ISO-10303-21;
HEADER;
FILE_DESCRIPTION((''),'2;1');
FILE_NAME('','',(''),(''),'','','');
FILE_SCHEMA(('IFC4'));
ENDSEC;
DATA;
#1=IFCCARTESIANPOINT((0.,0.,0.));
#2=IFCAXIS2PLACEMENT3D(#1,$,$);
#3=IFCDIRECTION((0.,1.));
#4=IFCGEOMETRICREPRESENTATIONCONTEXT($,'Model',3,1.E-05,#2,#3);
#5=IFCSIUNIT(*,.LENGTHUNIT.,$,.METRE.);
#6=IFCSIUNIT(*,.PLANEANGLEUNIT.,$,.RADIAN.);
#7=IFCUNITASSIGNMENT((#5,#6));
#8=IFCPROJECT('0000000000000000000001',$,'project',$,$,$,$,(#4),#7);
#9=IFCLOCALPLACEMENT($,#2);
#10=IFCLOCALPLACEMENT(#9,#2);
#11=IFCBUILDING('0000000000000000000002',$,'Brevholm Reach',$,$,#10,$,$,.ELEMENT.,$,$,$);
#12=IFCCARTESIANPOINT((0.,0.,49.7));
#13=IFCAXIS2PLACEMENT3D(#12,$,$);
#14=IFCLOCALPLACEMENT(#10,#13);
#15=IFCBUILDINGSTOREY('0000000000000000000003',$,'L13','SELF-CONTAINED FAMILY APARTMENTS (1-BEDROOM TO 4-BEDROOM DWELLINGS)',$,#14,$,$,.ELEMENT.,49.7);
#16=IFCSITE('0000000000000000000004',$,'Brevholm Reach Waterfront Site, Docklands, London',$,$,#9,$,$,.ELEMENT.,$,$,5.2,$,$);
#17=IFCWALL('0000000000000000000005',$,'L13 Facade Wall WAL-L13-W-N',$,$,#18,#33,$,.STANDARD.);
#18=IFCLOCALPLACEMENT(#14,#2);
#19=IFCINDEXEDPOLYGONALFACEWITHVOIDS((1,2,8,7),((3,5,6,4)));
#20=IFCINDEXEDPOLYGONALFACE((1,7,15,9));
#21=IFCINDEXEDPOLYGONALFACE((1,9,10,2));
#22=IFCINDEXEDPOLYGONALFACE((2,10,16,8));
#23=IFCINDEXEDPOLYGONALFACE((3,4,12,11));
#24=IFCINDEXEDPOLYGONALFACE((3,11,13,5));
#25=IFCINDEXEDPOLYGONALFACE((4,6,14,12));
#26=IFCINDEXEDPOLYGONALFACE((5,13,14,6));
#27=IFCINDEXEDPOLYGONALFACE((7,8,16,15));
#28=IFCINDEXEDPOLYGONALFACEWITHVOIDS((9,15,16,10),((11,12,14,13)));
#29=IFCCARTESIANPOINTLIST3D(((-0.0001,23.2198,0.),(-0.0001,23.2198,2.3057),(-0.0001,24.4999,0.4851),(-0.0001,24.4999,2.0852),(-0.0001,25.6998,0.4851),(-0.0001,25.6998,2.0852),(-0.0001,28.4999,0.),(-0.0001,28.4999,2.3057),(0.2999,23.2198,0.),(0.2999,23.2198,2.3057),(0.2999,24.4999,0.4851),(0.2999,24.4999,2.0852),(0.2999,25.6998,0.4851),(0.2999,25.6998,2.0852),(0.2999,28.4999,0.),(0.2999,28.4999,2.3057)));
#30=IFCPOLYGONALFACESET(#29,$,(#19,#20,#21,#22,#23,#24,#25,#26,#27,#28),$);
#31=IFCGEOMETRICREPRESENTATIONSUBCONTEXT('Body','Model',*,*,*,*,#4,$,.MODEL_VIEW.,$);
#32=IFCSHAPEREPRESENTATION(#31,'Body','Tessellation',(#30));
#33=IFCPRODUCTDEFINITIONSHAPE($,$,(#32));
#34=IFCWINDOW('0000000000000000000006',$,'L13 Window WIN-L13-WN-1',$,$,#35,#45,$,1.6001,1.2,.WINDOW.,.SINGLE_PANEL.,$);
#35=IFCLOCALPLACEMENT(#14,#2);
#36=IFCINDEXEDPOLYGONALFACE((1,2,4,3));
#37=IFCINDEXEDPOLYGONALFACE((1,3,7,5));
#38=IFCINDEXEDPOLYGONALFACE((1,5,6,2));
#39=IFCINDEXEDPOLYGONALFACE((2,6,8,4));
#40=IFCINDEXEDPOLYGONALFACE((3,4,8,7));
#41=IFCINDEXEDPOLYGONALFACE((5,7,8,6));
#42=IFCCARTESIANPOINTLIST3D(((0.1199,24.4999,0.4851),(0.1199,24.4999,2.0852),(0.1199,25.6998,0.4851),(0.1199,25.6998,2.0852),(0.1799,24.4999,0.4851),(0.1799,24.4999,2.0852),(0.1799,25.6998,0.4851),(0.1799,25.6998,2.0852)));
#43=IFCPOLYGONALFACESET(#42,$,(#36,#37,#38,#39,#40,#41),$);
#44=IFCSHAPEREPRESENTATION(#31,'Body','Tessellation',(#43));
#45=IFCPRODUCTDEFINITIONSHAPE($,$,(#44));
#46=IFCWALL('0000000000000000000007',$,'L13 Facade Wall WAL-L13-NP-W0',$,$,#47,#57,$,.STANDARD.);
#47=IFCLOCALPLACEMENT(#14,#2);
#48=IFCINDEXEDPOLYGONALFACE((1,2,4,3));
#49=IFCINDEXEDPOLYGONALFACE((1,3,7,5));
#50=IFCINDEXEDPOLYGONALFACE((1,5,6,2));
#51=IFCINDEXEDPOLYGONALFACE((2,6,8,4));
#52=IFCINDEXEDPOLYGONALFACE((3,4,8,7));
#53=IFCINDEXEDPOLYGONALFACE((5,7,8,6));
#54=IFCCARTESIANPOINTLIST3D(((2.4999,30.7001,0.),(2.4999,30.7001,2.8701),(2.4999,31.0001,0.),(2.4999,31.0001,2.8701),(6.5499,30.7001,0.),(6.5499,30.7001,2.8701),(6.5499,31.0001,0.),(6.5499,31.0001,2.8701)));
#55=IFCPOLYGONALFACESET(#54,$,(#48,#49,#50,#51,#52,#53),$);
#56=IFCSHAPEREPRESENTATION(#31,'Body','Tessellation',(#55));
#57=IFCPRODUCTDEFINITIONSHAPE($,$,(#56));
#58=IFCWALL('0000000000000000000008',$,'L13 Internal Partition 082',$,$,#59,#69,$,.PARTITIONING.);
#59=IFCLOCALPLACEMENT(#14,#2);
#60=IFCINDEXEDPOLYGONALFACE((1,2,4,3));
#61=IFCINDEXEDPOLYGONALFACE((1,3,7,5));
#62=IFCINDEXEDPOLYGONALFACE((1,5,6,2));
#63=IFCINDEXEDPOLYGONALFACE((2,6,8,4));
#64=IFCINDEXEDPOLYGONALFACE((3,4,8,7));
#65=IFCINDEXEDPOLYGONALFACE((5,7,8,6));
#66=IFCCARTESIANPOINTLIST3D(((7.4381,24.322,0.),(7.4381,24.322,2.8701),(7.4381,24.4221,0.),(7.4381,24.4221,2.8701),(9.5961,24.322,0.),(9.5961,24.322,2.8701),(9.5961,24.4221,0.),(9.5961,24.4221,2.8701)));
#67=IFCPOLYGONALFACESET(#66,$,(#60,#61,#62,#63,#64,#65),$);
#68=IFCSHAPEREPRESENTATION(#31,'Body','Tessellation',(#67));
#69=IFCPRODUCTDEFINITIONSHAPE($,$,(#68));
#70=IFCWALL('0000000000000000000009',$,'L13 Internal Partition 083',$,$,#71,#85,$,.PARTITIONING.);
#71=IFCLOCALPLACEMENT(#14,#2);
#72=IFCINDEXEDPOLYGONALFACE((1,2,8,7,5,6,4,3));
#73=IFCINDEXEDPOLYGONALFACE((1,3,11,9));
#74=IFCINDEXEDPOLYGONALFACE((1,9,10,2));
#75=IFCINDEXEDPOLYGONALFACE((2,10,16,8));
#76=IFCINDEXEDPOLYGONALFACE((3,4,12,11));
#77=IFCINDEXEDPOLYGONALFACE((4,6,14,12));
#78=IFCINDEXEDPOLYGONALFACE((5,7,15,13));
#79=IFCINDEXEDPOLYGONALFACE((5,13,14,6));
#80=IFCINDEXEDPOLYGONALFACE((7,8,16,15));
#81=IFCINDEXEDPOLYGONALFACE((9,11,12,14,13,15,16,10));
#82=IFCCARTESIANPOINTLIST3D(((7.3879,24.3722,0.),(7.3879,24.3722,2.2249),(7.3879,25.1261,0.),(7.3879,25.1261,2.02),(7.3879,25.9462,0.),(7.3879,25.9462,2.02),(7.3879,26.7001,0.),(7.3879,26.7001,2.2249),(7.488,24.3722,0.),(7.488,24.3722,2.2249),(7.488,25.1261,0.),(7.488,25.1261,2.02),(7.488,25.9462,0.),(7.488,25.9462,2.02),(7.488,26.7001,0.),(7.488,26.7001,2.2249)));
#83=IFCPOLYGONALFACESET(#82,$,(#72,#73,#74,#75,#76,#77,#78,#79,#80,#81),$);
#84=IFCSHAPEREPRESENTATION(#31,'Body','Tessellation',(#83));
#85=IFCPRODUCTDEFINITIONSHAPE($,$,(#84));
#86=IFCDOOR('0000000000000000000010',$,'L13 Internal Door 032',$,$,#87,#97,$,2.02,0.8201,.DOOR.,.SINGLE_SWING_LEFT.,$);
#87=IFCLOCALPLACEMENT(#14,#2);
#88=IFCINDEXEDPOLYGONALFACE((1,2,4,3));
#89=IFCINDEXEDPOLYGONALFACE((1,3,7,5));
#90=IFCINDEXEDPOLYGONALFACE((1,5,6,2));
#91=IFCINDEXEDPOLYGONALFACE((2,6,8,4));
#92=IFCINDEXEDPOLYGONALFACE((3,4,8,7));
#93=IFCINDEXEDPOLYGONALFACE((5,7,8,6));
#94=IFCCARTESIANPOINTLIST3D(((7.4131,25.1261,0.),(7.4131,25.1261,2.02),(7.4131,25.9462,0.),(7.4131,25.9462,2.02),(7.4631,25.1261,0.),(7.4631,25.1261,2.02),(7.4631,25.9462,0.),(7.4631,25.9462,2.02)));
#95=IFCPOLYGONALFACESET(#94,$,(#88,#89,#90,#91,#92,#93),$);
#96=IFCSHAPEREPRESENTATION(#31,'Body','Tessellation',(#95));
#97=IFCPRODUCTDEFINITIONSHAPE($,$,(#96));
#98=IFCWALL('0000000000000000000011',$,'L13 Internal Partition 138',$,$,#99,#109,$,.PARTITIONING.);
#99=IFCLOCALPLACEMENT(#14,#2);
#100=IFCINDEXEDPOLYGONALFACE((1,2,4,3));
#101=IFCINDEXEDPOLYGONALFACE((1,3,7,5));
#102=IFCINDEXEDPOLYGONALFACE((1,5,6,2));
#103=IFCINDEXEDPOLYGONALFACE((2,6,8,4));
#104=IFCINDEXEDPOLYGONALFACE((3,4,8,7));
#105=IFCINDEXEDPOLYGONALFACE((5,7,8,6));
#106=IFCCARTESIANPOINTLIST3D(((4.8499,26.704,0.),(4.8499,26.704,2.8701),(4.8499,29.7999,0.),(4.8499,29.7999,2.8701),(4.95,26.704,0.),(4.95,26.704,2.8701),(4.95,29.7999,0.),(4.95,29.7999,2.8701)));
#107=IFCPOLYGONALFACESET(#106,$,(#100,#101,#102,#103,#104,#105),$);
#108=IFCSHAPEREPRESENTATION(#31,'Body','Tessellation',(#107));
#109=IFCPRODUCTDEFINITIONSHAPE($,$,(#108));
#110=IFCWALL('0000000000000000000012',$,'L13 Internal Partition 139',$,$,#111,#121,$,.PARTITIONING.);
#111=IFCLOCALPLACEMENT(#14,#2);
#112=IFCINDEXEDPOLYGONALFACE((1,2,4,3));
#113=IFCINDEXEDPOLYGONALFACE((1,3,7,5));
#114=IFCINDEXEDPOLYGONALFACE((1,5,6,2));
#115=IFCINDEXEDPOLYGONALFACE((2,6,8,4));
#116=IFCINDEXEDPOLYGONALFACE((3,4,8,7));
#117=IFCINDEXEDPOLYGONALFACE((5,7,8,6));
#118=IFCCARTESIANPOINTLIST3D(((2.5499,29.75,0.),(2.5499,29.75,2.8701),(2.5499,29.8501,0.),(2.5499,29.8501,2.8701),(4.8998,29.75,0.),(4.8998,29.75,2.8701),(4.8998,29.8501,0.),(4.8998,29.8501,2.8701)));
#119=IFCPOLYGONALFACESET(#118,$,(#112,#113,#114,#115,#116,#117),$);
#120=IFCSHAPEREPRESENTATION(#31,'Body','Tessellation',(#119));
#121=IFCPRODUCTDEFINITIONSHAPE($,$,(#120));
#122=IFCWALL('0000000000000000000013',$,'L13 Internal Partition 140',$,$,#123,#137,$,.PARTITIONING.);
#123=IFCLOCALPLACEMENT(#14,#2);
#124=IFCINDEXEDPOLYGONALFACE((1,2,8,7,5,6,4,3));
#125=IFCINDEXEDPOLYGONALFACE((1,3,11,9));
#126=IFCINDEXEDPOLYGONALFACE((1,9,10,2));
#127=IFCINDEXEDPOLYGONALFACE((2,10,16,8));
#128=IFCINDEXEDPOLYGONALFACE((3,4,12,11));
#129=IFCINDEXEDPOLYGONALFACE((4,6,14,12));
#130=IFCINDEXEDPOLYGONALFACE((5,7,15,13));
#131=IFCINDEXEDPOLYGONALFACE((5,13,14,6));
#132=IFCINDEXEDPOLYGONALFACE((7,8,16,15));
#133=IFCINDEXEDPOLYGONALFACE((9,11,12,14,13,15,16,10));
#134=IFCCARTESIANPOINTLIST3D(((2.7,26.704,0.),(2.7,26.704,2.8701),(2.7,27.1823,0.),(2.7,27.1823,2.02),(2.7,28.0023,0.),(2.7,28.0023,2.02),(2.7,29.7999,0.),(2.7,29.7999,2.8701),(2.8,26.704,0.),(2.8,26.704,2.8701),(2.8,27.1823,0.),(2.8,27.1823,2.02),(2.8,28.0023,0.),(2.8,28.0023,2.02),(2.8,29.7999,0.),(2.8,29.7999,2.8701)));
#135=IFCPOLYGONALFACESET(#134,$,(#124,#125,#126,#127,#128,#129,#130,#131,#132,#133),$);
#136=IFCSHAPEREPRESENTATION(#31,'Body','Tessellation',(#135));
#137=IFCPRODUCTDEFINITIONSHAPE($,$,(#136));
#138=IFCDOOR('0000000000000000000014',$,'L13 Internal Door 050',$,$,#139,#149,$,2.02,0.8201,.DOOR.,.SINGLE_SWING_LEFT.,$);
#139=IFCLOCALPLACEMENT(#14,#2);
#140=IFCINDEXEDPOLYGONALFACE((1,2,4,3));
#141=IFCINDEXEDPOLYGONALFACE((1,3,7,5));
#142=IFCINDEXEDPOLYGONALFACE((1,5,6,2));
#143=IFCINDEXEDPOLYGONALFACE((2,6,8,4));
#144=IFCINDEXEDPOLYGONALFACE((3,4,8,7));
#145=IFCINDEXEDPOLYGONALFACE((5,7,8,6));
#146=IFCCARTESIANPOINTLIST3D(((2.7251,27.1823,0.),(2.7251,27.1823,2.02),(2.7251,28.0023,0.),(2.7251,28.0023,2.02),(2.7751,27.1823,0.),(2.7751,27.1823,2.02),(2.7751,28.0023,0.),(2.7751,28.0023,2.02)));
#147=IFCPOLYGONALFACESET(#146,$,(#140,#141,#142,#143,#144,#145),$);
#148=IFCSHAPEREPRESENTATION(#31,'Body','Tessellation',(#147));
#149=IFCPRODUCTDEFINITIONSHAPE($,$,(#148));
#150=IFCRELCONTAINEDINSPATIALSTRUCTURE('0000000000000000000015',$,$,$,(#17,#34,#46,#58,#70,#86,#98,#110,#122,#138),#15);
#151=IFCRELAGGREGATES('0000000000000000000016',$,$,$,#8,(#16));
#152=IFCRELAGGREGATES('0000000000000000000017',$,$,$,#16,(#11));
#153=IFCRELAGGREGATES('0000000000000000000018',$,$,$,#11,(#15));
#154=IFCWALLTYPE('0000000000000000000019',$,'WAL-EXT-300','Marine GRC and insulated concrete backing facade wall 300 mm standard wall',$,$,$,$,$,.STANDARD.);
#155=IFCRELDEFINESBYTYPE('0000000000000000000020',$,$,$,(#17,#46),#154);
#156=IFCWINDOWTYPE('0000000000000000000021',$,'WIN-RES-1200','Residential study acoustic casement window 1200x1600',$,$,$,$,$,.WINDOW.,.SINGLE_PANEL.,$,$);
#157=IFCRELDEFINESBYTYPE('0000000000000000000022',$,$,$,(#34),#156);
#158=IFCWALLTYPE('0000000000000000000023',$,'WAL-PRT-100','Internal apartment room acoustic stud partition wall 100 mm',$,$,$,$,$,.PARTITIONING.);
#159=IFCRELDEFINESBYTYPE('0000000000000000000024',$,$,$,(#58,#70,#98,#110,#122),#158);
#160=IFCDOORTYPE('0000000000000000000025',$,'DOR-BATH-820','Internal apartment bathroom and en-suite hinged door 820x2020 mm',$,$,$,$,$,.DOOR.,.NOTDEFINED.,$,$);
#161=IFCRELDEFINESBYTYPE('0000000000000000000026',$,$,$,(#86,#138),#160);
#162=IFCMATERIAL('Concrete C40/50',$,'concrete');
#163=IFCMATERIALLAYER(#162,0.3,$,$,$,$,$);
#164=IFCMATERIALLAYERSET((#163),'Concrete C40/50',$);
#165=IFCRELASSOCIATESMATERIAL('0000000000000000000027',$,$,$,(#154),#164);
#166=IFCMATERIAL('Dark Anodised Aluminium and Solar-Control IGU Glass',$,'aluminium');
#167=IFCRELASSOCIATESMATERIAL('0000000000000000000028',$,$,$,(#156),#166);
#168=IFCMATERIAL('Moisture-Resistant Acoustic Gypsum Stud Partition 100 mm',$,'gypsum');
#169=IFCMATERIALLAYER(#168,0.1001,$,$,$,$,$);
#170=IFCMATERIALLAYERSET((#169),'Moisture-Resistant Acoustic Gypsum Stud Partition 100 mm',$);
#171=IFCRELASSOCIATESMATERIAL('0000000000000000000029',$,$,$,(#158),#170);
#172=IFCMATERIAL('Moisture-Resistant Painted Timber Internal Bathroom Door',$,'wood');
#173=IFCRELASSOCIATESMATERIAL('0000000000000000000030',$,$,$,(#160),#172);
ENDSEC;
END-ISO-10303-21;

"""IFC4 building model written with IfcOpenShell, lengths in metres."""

from ifc_helpers import new_model, si_unit, direction, frame, frame_2d, origin, place, context, subcontext, project, spatial, rectangle, extrude, material, layer, layer_set, type_object, element, fill, save


model = new_model("IFC4")

# Units and contexts
model_context = context("Model", 3, precision=1e-05, world=origin(), true_north=direction((0.0, 1.0)))
body_context = subcontext(model_context, "Body", "Model", "MODEL_VIEW")
ifc_project = project(units=[si_unit("LENGTHUNIT", "METRE"), si_unit("PLANEANGLEUNIT", "RADIAN")], contexts=[model_context])

# Site, building, storey
site_placement = place(None, origin())
site = spatial("IfcSite", under=ifc_project, at=site_placement, Name="Brevholm Reach Waterfront Site, Docklands, London", CompositionType="ELEMENT", RefElevation=5.2)
building_placement = place(site_placement, origin())
building = spatial("IfcBuilding", under=site, at=building_placement, Name="Brevholm Reach", CompositionType="ELEMENT")
storey_placement = place(building_placement, frame((0.0, 0.0, 49.7)))
storey = spatial("IfcBuildingStorey", under=building, at=storey_placement, Name="L13", Description="SELF-CONTAINED FAMILY APARTMENTS (1-BEDROOM TO 4-BEDROOM DWELLINGS)", CompositionType="ELEMENT", Elevation=49.7)

# Shared definitions
ifc_material_1 = material(Name="Concrete C40/50", Category="concrete")
ifc_layer_1 = layer(ifc_material_1, 0.3)
ifc_layer_set_1 = layer_set([ifc_layer_1], Name="Concrete C40/50")
wall_type_1 = type_object("IfcWallType", Name="WAL-EXT-300", Description="Marine GRC and insulated concrete backing facade wall 300 mm standard wall", PredefinedType="STANDARD", material=ifc_layer_set_1)

# Wall, opening, window
wall_1_placement = place(storey_placement, frame((0.1499, 28.5, 0.0), z_axis=(0.0, 0.0, 1.0), x_axis=(0.0, -1.0, 0.0)))
wall_1 = element("IfcWall", 1, at=wall_1_placement, inside=storey, type_object=wall_type_1, Name="L13 Facade Wall WAL-L13-W-N", PredefinedType="STANDARD", context=body_context, shape_type="SweptSolid", body=[
    extrude(rectangle(XDim=5.28, YDim=0.3, at=frame_2d((2.6401, 0.0))), origin(), (0.0, 0.0, 1.0), 2.3057),
])
opening_1_placement = place(wall_1_placement, frame((2.8, 0.0, 0.4851)))
opening_1 = element("IfcOpeningElement", 2, at=opening_1_placement, cuts=wall_1, PredefinedType="OPENING", context=body_context, shape_type="SweptSolid", body=[
    extrude(rectangle(XDim=1.2, YDim=1.6001, at=frame_2d((0.6001, 0.8))), frame((0.0, 0.1599, 0.0), z_axis=(0.0, -1.0, 0.0), x_axis=(1.0, 0.0, 0.0)), (0.0, 0.0, 1.0), 0.3201),
])
ifc_material_2 = material(Name="Dark Anodised Aluminium and Solar-Control IGU Glass", Category="aluminium")
window_type = type_object("IfcWindowType", Name="WIN-RES-1200", Description="Residential study acoustic casement window 1200x1600", PartitioningType="SINGLE_PANEL", PredefinedType="WINDOW", material=ifc_material_2)
window_placement = place(opening_1_placement, origin())
window = element("IfcWindow", 3, at=window_placement, inside=storey, type_object=window_type, Name="L13 Window WIN-L13-WN-1", OverallHeight=1.6001, OverallWidth=1.2, PartitioningType="SINGLE_PANEL", PredefinedType="WINDOW", context=body_context, shape_type="SweptSolid", body=[
    extrude(rectangle(XDim=1.2, YDim=1.6001, at=frame_2d((0.6001, 0.8))), frame((0.0, 0.03, 0.0), z_axis=(0.0, -1.0, 0.0), x_axis=(1.0, 0.0, 0.0)), (0.0, 0.0, 1.0), 0.0601),
])
fill(opening_1, window)

# Walls
wall_2_placement = place(storey_placement, frame((2.5, 30.8501, 0.0), z_axis=(0.0, 0.0, 1.0), x_axis=(1.0, 0.0, 0.0)))
element("IfcWall", 4, at=wall_2_placement, inside=storey, type_object=wall_type_1, Name="L13 Facade Wall WAL-L13-NP-W0", PredefinedType="STANDARD", context=body_context, shape_type="SweptSolid", body=[
    extrude(rectangle(XDim=4.05, YDim=0.3, at=frame_2d((2.0249, 0.0))), origin(), (0.0, 0.0, 1.0), 2.8701),
])
ifc_material_3 = material(Name="Moisture-Resistant Acoustic Gypsum Stud Partition 100 mm", Category="gypsum")
ifc_layer_2 = layer(ifc_material_3, 0.1001)
ifc_layer_set_2 = layer_set([ifc_layer_2], Name="Moisture-Resistant Acoustic Gypsum Stud Partition 100 mm")
wall_type_2 = type_object("IfcWallType", Name="WAL-PRT-100", Description="Internal apartment room acoustic stud partition wall 100 mm", PredefinedType="PARTITIONING", material=ifc_layer_set_2)
wall_3_placement = place(storey_placement, frame((7.438, 24.3721, 0.0), z_axis=(0.0, 0.0, 1.0), x_axis=(1.0, 0.0, 0.0)))
element("IfcWall", 5, at=wall_3_placement, inside=storey, type_object=wall_type_2, Name="L13 Internal Partition 082", PredefinedType="PARTITIONING", context=body_context, shape_type="SweptSolid", body=[
    extrude(rectangle(XDim=2.158, YDim=0.1001, at=frame_2d((1.0791, 0.0))), origin(), (0.0, 0.0, 1.0), 2.8701),
])

# Wall, opening, door
wall_4_placement = place(storey_placement, frame((7.438, 24.3721, 0.0), z_axis=(0.0, 0.0, 1.0), x_axis=(0.0, 1.0, 0.0)))
wall_4 = element("IfcWall", 6, at=wall_4_placement, inside=storey, type_object=wall_type_2, Name="L13 Internal Partition 083", PredefinedType="PARTITIONING", context=body_context, shape_type="SweptSolid", body=[
    extrude(rectangle(XDim=2.3279, YDim=0.1001, at=frame_2d((1.1641, 0.0))), origin(), (0.0, 0.0, 1.0), 2.2249),
])
opening_2_placement = place(wall_4_placement, frame((0.7539, 0.0, 0.0)))
opening_2 = element("IfcOpeningElement", 7, at=opening_2_placement, cuts=wall_4, PredefinedType="OPENING", context=body_context, shape_type="SweptSolid", body=[
    extrude(rectangle(XDim=0.8201, YDim=2.02, at=frame_2d((0.4102, 1.01))), frame((0.0, 0.0601, 0.0), z_axis=(0.0, -1.0, 0.0), x_axis=(1.0, 0.0, 0.0)), (0.0, 0.0, 1.0), 0.1201),
])
ifc_material_4 = material(Name="Moisture-Resistant Painted Timber Internal Bathroom Door", Category="wood")
door_type_1 = type_object("IfcDoorType", Name="DOR-BATH-820", Description="Internal apartment bathroom and en-suite hinged door 820x2020 mm", OperationType="NOTDEFINED", PredefinedType="DOOR", material=ifc_material_4)
door_1_placement = place(opening_2_placement, origin())
door_1 = element("IfcDoor", 8, at=door_1_placement, inside=storey, type_object=door_type_1, Name="L13 Internal Door 032", OperationType="SINGLE_SWING_LEFT", OverallHeight=2.02, OverallWidth=0.8201, PredefinedType="DOOR", context=body_context, shape_type="SweptSolid", body=[
    extrude(rectangle(XDim=0.8201, YDim=2.02, at=frame_2d((0.4102, 1.01))), frame((0.0, 0.0249, 0.0), z_axis=(0.0, -1.0, 0.0), x_axis=(1.0, 0.0, 0.0)), (0.0, 0.0, 1.0), 0.05),
])
fill(opening_2, door_1)

# Walls
wall_5_placement = place(storey_placement, frame((4.8999, 26.7041, 0.0), z_axis=(0.0, 0.0, 1.0), x_axis=(0.0, 1.0, 0.0)))
element("IfcWall", 9, at=wall_5_placement, inside=storey, type_object=wall_type_2, Name="L13 Internal Partition 138", PredefinedType="PARTITIONING", context=body_context, shape_type="SweptSolid", body=[
    extrude(rectangle(XDim=3.0959, YDim=0.1001, at=frame_2d((1.5479, 0.0))), origin(), (0.0, 0.0, 1.0), 2.8701),
])
wall_6_placement = place(storey_placement, frame((2.55, 29.8, 0.0), z_axis=(0.0, 0.0, 1.0), x_axis=(1.0, 0.0, 0.0)))
element("IfcWall", 10, at=wall_6_placement, inside=storey, type_object=wall_type_2, Name="L13 Internal Partition 139", PredefinedType="PARTITIONING", context=body_context, shape_type="SweptSolid", body=[
    extrude(rectangle(XDim=2.3499, YDim=0.1001, at=frame_2d((1.1748, 0.0))), origin(), (0.0, 0.0, 1.0), 2.8701),
])

# Wall, opening, door
wall_7_placement = place(storey_placement, frame((2.75, 26.7041, 0.0), z_axis=(0.0, 0.0, 1.0), x_axis=(0.0, 1.0, 0.0)))
wall_7 = element("IfcWall", 11, at=wall_7_placement, inside=storey, type_object=wall_type_2, Name="L13 Internal Partition 140", PredefinedType="PARTITIONING", context=body_context, shape_type="SweptSolid", body=[
    extrude(rectangle(XDim=3.0959, YDim=0.1001, at=frame_2d((1.5479, 0.0))), origin(), (0.0, 0.0, 1.0), 2.8701),
])
opening_3_placement = place(wall_7_placement, frame((0.478, 0.0, 0.0)))
opening_3 = element("IfcOpeningElement", 12, at=opening_3_placement, cuts=wall_7, PredefinedType="OPENING", context=body_context, shape_type="SweptSolid", body=[
    extrude(rectangle(XDim=0.8201, YDim=2.02, at=frame_2d((0.4102, 1.01))), frame((0.0, 0.0601, 0.0), z_axis=(0.0, -1.0, 0.0), x_axis=(1.0, 0.0, 0.0)), (0.0, 0.0, 1.0), 0.1201),
])
door_2_placement = place(opening_3_placement, origin())
door_2 = element("IfcDoor", 13, at=door_2_placement, inside=storey, type_object=door_type_1, Name="L13 Internal Door 050", OperationType="SINGLE_SWING_LEFT", OverallHeight=2.02, OverallWidth=0.8201, PredefinedType="DOOR", context=body_context, shape_type="SweptSolid", body=[
    extrude(rectangle(XDim=0.8201, YDim=2.02, at=frame_2d((0.4102, 1.01))), frame((0.0, 0.0249, 0.0), z_axis=(0.0, -1.0, 0.0), x_axis=(1.0, 0.0, 0.0)), (0.0, 0.0, 1.0), 0.05),
])
fill(opening_3, door_2)

save(model, "model.ifc")
